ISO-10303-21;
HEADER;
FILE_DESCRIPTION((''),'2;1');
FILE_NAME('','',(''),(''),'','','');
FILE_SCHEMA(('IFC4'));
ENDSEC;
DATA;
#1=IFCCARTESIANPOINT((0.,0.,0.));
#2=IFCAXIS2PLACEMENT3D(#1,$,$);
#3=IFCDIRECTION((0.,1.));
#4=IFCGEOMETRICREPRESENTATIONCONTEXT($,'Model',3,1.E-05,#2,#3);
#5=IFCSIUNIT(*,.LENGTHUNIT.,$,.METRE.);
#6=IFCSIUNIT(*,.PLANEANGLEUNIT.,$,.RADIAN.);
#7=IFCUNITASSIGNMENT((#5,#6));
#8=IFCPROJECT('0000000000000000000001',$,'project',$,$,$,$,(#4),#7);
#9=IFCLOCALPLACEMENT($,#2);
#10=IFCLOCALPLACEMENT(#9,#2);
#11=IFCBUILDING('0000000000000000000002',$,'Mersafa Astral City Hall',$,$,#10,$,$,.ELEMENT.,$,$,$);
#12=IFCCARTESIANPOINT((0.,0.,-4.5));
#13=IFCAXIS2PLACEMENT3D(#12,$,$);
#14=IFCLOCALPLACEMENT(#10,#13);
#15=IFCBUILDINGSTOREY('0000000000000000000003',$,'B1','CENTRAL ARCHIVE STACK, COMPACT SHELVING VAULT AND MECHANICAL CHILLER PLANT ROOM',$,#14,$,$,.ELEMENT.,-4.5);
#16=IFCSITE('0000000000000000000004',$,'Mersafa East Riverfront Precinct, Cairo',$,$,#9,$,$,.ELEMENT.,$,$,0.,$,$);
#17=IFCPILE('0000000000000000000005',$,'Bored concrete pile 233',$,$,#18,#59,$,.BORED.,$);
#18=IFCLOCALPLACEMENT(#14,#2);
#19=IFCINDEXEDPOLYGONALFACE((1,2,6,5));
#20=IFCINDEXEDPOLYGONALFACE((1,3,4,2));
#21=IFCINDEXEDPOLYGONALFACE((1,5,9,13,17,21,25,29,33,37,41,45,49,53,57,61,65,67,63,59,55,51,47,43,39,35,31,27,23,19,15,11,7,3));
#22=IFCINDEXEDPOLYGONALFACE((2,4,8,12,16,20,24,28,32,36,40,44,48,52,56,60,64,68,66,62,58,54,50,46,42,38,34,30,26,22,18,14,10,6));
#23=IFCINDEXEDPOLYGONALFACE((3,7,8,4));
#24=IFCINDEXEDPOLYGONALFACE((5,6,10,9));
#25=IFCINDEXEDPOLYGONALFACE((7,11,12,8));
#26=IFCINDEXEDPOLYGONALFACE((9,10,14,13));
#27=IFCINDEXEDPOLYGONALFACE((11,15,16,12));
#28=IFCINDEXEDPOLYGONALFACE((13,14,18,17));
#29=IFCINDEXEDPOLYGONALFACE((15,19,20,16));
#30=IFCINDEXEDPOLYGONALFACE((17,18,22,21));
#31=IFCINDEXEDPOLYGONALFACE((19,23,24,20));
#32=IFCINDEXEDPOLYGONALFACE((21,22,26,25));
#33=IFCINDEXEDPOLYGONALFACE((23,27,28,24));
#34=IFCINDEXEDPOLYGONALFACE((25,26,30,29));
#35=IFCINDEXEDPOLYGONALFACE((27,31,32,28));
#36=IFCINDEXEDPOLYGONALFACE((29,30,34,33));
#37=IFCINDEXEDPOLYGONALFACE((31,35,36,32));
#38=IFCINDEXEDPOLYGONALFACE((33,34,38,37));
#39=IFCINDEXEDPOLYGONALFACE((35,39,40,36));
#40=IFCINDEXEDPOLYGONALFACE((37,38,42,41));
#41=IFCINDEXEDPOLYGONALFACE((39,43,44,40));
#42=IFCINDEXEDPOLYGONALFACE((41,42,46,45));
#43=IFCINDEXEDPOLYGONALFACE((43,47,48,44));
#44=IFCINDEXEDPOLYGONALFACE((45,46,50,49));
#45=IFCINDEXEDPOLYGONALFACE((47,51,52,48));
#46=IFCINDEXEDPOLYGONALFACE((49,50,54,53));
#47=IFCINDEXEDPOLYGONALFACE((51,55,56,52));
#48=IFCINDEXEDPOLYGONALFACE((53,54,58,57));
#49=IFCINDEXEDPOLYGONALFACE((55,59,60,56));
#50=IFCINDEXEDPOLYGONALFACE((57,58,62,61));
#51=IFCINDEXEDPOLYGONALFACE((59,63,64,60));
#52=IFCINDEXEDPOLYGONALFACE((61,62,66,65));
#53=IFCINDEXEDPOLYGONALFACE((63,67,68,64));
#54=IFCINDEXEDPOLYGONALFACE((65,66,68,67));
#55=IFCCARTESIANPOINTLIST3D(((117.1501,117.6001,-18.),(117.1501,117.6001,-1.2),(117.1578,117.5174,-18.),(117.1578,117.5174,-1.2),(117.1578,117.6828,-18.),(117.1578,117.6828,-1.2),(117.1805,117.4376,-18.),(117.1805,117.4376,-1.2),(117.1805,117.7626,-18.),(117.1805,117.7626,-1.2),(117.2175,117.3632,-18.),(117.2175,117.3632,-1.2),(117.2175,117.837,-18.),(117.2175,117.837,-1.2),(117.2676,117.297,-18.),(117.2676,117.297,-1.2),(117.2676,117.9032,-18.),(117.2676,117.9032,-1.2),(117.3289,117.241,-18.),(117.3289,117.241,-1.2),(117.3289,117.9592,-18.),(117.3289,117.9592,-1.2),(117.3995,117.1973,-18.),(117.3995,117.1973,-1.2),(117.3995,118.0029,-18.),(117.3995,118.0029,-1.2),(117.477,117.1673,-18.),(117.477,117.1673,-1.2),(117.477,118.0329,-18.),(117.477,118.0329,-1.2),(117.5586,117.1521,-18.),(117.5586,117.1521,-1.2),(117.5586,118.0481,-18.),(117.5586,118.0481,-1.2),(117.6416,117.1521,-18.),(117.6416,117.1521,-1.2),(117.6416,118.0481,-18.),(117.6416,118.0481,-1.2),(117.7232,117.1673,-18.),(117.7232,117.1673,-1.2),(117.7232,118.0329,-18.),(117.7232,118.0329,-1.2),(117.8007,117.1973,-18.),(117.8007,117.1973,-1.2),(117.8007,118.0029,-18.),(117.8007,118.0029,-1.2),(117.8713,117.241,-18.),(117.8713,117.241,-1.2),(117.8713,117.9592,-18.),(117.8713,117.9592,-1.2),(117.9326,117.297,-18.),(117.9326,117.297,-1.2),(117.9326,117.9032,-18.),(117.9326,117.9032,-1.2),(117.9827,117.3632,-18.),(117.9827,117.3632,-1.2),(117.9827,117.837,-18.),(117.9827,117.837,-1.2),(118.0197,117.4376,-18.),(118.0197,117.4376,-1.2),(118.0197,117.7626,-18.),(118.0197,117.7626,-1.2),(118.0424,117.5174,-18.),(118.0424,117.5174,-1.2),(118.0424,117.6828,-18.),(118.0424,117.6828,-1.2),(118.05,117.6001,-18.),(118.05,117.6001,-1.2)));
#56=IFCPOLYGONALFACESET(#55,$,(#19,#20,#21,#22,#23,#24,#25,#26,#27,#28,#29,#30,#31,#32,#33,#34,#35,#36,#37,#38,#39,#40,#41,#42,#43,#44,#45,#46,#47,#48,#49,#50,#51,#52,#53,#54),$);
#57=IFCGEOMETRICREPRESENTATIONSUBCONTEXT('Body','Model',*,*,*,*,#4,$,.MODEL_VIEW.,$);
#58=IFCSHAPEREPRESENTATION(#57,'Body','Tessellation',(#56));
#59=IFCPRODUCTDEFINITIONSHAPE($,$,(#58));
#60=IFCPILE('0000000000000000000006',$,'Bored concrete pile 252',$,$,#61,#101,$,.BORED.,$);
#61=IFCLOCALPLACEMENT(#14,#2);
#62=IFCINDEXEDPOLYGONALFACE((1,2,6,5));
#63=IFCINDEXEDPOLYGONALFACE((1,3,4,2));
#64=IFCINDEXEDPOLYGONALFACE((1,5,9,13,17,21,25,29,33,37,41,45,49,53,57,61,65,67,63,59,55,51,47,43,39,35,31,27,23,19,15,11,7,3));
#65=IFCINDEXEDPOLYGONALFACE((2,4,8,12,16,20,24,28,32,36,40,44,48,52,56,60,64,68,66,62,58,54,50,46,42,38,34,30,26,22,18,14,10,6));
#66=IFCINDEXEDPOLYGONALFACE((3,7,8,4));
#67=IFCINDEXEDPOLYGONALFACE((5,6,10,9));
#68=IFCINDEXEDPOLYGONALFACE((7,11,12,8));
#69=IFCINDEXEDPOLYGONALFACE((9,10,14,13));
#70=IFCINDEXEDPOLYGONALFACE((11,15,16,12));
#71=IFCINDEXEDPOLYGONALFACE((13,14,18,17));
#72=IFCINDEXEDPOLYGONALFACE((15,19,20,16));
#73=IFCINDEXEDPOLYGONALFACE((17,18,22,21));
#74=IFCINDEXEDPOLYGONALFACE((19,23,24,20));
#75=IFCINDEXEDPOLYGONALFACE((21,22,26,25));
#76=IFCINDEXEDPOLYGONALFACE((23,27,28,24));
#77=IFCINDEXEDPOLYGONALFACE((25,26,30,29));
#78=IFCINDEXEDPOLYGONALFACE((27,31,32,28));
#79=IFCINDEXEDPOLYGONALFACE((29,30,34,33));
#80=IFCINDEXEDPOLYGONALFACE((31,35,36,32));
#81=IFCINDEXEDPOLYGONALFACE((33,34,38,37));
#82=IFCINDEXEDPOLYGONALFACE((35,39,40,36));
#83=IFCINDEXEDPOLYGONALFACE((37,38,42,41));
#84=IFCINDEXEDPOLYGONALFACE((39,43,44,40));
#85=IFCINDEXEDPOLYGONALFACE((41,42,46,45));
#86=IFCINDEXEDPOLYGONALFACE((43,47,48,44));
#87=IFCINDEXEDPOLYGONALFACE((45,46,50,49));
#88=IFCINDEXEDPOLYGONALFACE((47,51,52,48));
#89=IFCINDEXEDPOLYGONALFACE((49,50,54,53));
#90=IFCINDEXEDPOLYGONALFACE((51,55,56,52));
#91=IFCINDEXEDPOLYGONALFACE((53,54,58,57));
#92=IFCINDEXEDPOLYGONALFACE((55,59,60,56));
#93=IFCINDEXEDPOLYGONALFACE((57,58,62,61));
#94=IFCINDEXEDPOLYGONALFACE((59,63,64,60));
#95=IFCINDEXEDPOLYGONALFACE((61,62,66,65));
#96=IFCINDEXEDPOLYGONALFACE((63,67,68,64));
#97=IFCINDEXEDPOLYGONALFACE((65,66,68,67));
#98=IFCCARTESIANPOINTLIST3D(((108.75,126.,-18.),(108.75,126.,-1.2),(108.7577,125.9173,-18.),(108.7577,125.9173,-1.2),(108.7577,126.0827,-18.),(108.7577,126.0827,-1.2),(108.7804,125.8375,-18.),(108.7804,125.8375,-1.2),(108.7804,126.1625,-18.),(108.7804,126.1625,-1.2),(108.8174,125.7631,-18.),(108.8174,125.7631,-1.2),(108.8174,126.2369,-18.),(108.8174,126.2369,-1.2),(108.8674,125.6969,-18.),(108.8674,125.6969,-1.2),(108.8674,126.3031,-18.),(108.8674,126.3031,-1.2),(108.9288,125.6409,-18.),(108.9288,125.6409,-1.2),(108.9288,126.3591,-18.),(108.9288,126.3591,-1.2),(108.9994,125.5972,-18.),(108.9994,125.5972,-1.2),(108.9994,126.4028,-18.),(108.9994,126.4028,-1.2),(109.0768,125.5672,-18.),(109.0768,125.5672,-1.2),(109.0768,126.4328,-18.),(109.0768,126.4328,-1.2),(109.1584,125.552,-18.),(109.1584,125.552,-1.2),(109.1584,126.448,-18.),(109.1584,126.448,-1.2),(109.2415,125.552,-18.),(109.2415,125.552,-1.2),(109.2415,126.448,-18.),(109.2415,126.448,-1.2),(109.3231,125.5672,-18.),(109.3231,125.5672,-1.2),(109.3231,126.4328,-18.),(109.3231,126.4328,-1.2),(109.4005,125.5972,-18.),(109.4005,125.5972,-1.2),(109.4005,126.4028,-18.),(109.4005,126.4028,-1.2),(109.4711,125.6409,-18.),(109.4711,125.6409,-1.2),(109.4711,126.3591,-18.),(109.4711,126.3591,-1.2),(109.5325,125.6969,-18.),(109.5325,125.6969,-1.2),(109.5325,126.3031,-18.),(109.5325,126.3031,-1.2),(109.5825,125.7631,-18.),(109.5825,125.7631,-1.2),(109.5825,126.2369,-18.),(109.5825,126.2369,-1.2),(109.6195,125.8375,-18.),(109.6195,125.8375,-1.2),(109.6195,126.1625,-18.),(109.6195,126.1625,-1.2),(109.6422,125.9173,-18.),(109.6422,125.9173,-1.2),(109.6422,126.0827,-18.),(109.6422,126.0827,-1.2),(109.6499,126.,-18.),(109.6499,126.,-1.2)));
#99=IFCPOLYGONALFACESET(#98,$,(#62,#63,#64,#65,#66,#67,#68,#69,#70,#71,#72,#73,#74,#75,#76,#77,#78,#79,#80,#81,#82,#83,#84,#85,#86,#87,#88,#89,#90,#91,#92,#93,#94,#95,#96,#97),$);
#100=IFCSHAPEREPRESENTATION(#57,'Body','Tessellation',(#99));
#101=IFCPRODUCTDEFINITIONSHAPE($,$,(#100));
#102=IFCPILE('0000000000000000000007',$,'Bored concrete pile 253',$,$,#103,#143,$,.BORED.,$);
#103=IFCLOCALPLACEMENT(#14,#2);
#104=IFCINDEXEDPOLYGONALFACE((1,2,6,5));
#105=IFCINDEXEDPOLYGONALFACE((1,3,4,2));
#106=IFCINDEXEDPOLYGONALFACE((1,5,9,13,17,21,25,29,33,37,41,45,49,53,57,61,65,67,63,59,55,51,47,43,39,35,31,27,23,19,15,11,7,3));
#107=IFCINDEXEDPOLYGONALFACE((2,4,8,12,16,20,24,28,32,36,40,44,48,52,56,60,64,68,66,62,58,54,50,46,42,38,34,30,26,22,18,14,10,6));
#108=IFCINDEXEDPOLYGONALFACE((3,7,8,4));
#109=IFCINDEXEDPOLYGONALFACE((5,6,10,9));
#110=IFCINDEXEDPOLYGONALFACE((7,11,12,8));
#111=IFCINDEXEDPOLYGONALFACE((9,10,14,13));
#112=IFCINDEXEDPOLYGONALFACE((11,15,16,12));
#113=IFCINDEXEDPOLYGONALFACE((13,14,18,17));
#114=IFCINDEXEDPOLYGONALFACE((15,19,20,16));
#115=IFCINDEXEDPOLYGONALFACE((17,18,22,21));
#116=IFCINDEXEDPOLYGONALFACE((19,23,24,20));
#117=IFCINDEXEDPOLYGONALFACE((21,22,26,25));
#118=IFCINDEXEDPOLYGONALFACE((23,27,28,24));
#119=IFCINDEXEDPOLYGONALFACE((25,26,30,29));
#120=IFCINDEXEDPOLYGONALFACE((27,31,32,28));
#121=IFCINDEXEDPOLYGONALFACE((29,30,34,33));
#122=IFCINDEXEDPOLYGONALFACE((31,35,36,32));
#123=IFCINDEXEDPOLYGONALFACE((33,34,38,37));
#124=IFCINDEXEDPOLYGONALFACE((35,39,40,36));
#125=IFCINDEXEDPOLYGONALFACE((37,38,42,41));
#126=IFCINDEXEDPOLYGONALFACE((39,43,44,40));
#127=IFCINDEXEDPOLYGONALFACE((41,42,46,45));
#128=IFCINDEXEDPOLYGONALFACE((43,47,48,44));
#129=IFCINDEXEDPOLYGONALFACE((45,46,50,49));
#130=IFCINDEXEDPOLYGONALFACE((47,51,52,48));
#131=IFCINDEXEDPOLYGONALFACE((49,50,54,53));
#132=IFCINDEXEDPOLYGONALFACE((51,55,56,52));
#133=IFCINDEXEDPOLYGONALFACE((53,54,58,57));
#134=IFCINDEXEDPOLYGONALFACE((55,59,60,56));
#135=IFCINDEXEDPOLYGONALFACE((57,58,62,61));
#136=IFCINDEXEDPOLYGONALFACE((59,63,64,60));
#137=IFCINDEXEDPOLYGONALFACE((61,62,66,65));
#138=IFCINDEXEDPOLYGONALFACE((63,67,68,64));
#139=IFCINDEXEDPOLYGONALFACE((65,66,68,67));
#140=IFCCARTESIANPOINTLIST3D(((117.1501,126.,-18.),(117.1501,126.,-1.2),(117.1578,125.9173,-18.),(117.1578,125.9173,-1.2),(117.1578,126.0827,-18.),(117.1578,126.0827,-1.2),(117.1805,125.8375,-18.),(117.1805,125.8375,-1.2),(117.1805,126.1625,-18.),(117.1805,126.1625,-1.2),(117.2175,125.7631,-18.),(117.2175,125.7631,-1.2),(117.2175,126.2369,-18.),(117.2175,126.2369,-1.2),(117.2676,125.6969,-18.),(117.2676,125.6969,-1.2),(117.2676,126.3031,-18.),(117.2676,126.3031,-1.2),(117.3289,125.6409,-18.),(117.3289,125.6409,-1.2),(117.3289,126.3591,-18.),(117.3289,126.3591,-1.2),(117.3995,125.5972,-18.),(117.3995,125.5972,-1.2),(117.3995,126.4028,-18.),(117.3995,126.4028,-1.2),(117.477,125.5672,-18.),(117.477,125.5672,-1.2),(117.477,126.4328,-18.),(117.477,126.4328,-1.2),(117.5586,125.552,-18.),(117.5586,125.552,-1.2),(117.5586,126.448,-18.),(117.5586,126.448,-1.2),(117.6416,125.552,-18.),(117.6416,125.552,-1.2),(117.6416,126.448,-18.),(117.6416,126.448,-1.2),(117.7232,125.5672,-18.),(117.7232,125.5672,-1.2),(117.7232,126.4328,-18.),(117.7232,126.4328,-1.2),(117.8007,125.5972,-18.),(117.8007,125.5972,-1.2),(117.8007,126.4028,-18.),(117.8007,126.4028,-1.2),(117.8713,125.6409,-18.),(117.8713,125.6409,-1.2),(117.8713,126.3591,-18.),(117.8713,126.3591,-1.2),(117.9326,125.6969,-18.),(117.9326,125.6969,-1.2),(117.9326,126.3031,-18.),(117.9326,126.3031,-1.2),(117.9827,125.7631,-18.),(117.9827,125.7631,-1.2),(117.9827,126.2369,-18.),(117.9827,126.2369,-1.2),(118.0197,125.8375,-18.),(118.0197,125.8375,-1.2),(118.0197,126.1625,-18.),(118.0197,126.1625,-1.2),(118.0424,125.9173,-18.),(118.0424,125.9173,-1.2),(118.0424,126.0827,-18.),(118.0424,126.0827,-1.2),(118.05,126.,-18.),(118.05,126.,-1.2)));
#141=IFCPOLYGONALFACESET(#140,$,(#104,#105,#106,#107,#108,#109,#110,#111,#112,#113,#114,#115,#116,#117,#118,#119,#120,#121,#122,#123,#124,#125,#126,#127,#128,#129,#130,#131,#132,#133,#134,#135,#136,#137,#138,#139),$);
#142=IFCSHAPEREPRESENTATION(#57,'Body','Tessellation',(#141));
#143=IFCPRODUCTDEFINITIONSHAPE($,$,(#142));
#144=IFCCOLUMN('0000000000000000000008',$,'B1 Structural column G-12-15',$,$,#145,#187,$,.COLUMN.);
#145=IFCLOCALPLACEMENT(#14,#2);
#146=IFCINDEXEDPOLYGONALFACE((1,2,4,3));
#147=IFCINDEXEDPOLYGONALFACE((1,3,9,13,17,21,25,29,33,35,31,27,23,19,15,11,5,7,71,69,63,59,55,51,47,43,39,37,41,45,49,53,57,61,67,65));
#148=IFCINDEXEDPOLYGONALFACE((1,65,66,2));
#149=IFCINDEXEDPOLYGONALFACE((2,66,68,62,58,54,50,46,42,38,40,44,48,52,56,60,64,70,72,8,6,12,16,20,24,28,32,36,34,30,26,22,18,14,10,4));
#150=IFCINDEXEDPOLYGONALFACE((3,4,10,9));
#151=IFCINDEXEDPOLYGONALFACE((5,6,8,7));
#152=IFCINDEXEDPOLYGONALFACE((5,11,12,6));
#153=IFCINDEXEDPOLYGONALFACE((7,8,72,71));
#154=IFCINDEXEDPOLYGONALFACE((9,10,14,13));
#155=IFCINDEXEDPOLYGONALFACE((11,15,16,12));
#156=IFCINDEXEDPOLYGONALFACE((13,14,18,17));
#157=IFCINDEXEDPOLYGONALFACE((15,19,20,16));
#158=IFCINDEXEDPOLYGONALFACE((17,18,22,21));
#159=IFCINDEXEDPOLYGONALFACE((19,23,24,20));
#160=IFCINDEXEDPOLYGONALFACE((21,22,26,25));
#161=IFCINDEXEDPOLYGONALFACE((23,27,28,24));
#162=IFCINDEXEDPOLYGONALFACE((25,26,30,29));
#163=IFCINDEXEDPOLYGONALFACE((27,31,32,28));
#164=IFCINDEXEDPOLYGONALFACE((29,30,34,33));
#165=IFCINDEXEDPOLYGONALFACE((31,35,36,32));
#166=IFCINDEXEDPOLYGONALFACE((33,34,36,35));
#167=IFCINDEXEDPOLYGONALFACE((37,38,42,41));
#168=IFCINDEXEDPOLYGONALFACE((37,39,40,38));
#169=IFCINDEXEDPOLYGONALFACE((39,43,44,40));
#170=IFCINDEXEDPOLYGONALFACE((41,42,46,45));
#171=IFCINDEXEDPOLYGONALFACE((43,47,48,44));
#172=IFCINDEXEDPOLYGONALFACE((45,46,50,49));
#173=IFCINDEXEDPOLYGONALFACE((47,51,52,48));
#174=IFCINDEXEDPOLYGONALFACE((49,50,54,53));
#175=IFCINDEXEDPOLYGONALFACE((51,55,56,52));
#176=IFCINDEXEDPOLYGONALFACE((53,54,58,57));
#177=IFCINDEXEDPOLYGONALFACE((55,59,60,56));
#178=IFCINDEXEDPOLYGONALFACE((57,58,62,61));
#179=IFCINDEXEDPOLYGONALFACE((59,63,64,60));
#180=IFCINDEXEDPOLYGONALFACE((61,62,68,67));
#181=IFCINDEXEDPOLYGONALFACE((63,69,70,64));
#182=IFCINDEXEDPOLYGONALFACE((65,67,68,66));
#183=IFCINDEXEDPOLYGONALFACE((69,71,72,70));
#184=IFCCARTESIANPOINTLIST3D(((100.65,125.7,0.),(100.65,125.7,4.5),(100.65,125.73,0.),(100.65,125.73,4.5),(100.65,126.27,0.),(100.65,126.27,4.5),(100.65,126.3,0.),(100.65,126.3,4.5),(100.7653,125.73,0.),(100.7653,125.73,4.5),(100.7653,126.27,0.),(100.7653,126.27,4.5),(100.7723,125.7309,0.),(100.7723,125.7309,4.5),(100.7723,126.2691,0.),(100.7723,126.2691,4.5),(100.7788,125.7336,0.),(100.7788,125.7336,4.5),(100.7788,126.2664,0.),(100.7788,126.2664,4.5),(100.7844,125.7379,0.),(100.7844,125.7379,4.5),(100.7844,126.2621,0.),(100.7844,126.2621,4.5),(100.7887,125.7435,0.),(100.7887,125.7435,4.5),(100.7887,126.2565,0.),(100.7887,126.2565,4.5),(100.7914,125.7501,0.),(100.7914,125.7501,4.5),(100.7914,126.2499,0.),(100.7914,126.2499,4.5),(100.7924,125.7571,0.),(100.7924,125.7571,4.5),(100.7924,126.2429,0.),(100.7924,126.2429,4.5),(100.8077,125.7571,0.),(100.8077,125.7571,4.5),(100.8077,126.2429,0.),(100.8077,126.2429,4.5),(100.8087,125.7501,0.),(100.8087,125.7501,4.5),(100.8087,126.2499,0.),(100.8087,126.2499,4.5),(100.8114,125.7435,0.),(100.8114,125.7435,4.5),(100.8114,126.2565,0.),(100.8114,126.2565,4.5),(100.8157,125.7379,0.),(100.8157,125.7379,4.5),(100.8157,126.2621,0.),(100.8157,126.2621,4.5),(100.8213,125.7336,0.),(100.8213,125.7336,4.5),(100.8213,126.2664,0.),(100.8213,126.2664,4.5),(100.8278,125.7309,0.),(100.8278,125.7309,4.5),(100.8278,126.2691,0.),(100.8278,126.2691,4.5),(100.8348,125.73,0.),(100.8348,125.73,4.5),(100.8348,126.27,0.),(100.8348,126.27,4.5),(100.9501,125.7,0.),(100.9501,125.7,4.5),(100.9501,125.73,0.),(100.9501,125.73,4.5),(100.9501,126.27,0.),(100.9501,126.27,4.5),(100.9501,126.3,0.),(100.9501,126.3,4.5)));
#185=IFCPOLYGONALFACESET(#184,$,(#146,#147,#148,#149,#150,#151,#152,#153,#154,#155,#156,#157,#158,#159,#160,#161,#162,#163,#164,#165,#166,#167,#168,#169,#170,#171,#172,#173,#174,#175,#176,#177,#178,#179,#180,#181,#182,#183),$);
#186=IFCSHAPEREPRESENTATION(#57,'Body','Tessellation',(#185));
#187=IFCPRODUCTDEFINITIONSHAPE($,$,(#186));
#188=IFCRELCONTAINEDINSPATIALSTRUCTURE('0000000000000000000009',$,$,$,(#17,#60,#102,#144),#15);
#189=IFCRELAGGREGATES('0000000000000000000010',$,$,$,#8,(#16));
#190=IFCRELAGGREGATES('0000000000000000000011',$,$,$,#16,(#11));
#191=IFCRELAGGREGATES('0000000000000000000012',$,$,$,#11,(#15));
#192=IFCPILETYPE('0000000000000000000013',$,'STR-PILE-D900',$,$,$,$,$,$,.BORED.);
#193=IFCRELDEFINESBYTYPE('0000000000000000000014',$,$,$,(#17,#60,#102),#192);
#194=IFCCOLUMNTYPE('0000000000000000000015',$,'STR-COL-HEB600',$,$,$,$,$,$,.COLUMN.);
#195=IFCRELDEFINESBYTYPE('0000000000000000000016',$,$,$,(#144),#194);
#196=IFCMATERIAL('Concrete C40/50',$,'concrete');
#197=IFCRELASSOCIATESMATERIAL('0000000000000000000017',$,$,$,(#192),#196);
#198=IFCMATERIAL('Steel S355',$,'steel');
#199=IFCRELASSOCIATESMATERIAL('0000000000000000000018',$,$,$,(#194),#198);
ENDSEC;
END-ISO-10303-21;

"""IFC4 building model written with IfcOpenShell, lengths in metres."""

from ifc_helpers import new_model, si_unit, direction, frame, origin, origin_2d, place, context, subcontext, project, spatial, circle, i_section, extrude, material, material_profile, profile_set, type_object, element, save


model = new_model("IFC4")

# Units and contexts
model_context = context("Model", 3, precision=1e-05, world=origin(), true_north=direction((0.0, 1.0)))
body_context = subcontext(model_context, "Body", "Model", "MODEL_VIEW")
ifc_project = project(units=[si_unit("LENGTHUNIT", "METRE"), si_unit("PLANEANGLEUNIT", "RADIAN")], contexts=[model_context])

# Site, building, storey
site_placement = place(None, origin())
site = spatial("IfcSite", under=ifc_project, at=site_placement, Name="Mersafa East Riverfront Precinct, Cairo", CompositionType="ELEMENT", RefElevation=0.0)
building_placement = place(site_placement, origin())
building = spatial("IfcBuilding", under=site, at=building_placement, Name="Mersafa Astral City Hall", CompositionType="ELEMENT")
storey_placement = place(building_placement, frame((0.0, 0.0, -4.5)))
storey = spatial("IfcBuildingStorey", under=building, at=storey_placement, Name="B1", Description="CENTRAL ARCHIVE STACK, COMPACT SHELVING VAULT AND MECHANICAL CHILLER PLANT ROOM", CompositionType="ELEMENT", Elevation=-4.5)

# Shared definitions
ifc_material_1 = material(Name="Concrete C40/50", Category="concrete")

# Piles
ifc_material_profile_1 = material_profile(ifc_material_1, circle(Radius=0.45, at=origin_2d()), Name="PILE D900")
ifc_profile_set_1 = profile_set([ifc_material_profile_1], Name="Concrete C40/50")
pile_type = type_object("IfcPileType", Name="STR-PILE-D900", PredefinedType="BORED", material=ifc_profile_set_1)
for number, where, z_axis, x_axis, name in (
    (1, (117.6001, 117.6001, -1.2), (0.0, 0.0, -1.0), (1.0, 0.0, 0.0), "Bored concrete pile 233"),
    (2, (109.2, 126.0, -1.2), (0.0, 0.0, -1.0), (1.0, 0.0, 0.0), "Bored concrete pile 252"),
    (3, (117.6001, 126.0, -1.2), (0.0, 0.0, -1.0), (1.0, 0.0, 0.0), "Bored concrete pile 253"),
):
    element("IfcPile", number, at=place(storey_placement, frame(where, z_axis=z_axis, x_axis=x_axis)), inside=storey, type_object=pile_type, Name=name, PredefinedType="BORED", context=body_context, shape_type="SweptSolid", body=[
        extrude(circle(Radius=0.45, at=origin_2d()), origin(), (0.0, 0.0, 1.0), 16.8),
    ])

# Column
ifc_material_2 = material(Name="Steel S355", Category="steel")
ifc_material_profile_2 = material_profile(ifc_material_2, i_section(OverallWidth=0.3, OverallDepth=0.6001, WebThickness=0.0154, FlangeThickness=0.03, FilletRadius=0.0271, at=origin_2d()), Name="HEB 600")
ifc_profile_set_2 = profile_set([ifc_material_profile_2], Name="Steel S355")
column_type = type_object("IfcColumnType", Name="STR-COL-HEB600", PredefinedType="COLUMN", material=ifc_profile_set_2)
for number, where, z_axis, x_axis, name in (
    (4, (100.8, 126.0, 0.0), (0.0, 0.0, 1.0), (1.0, 0.0, 0.0), "B1 Structural column G-12-15"),
):
    element("IfcColumn", number, at=place(storey_placement, frame(where, z_axis=z_axis, x_axis=x_axis)), inside=storey, type_object=column_type, Name=name, PredefinedType="COLUMN", context=body_context, shape_type="SweptSolid", body=[
        extrude(i_section(OverallWidth=0.3, OverallDepth=0.6001, WebThickness=0.0154, FlangeThickness=0.03, FilletRadius=0.0271, at=origin_2d()), origin(), (0.0, 0.0, 1.0), 4.5),
    ])

save(model, "model.ifc")
